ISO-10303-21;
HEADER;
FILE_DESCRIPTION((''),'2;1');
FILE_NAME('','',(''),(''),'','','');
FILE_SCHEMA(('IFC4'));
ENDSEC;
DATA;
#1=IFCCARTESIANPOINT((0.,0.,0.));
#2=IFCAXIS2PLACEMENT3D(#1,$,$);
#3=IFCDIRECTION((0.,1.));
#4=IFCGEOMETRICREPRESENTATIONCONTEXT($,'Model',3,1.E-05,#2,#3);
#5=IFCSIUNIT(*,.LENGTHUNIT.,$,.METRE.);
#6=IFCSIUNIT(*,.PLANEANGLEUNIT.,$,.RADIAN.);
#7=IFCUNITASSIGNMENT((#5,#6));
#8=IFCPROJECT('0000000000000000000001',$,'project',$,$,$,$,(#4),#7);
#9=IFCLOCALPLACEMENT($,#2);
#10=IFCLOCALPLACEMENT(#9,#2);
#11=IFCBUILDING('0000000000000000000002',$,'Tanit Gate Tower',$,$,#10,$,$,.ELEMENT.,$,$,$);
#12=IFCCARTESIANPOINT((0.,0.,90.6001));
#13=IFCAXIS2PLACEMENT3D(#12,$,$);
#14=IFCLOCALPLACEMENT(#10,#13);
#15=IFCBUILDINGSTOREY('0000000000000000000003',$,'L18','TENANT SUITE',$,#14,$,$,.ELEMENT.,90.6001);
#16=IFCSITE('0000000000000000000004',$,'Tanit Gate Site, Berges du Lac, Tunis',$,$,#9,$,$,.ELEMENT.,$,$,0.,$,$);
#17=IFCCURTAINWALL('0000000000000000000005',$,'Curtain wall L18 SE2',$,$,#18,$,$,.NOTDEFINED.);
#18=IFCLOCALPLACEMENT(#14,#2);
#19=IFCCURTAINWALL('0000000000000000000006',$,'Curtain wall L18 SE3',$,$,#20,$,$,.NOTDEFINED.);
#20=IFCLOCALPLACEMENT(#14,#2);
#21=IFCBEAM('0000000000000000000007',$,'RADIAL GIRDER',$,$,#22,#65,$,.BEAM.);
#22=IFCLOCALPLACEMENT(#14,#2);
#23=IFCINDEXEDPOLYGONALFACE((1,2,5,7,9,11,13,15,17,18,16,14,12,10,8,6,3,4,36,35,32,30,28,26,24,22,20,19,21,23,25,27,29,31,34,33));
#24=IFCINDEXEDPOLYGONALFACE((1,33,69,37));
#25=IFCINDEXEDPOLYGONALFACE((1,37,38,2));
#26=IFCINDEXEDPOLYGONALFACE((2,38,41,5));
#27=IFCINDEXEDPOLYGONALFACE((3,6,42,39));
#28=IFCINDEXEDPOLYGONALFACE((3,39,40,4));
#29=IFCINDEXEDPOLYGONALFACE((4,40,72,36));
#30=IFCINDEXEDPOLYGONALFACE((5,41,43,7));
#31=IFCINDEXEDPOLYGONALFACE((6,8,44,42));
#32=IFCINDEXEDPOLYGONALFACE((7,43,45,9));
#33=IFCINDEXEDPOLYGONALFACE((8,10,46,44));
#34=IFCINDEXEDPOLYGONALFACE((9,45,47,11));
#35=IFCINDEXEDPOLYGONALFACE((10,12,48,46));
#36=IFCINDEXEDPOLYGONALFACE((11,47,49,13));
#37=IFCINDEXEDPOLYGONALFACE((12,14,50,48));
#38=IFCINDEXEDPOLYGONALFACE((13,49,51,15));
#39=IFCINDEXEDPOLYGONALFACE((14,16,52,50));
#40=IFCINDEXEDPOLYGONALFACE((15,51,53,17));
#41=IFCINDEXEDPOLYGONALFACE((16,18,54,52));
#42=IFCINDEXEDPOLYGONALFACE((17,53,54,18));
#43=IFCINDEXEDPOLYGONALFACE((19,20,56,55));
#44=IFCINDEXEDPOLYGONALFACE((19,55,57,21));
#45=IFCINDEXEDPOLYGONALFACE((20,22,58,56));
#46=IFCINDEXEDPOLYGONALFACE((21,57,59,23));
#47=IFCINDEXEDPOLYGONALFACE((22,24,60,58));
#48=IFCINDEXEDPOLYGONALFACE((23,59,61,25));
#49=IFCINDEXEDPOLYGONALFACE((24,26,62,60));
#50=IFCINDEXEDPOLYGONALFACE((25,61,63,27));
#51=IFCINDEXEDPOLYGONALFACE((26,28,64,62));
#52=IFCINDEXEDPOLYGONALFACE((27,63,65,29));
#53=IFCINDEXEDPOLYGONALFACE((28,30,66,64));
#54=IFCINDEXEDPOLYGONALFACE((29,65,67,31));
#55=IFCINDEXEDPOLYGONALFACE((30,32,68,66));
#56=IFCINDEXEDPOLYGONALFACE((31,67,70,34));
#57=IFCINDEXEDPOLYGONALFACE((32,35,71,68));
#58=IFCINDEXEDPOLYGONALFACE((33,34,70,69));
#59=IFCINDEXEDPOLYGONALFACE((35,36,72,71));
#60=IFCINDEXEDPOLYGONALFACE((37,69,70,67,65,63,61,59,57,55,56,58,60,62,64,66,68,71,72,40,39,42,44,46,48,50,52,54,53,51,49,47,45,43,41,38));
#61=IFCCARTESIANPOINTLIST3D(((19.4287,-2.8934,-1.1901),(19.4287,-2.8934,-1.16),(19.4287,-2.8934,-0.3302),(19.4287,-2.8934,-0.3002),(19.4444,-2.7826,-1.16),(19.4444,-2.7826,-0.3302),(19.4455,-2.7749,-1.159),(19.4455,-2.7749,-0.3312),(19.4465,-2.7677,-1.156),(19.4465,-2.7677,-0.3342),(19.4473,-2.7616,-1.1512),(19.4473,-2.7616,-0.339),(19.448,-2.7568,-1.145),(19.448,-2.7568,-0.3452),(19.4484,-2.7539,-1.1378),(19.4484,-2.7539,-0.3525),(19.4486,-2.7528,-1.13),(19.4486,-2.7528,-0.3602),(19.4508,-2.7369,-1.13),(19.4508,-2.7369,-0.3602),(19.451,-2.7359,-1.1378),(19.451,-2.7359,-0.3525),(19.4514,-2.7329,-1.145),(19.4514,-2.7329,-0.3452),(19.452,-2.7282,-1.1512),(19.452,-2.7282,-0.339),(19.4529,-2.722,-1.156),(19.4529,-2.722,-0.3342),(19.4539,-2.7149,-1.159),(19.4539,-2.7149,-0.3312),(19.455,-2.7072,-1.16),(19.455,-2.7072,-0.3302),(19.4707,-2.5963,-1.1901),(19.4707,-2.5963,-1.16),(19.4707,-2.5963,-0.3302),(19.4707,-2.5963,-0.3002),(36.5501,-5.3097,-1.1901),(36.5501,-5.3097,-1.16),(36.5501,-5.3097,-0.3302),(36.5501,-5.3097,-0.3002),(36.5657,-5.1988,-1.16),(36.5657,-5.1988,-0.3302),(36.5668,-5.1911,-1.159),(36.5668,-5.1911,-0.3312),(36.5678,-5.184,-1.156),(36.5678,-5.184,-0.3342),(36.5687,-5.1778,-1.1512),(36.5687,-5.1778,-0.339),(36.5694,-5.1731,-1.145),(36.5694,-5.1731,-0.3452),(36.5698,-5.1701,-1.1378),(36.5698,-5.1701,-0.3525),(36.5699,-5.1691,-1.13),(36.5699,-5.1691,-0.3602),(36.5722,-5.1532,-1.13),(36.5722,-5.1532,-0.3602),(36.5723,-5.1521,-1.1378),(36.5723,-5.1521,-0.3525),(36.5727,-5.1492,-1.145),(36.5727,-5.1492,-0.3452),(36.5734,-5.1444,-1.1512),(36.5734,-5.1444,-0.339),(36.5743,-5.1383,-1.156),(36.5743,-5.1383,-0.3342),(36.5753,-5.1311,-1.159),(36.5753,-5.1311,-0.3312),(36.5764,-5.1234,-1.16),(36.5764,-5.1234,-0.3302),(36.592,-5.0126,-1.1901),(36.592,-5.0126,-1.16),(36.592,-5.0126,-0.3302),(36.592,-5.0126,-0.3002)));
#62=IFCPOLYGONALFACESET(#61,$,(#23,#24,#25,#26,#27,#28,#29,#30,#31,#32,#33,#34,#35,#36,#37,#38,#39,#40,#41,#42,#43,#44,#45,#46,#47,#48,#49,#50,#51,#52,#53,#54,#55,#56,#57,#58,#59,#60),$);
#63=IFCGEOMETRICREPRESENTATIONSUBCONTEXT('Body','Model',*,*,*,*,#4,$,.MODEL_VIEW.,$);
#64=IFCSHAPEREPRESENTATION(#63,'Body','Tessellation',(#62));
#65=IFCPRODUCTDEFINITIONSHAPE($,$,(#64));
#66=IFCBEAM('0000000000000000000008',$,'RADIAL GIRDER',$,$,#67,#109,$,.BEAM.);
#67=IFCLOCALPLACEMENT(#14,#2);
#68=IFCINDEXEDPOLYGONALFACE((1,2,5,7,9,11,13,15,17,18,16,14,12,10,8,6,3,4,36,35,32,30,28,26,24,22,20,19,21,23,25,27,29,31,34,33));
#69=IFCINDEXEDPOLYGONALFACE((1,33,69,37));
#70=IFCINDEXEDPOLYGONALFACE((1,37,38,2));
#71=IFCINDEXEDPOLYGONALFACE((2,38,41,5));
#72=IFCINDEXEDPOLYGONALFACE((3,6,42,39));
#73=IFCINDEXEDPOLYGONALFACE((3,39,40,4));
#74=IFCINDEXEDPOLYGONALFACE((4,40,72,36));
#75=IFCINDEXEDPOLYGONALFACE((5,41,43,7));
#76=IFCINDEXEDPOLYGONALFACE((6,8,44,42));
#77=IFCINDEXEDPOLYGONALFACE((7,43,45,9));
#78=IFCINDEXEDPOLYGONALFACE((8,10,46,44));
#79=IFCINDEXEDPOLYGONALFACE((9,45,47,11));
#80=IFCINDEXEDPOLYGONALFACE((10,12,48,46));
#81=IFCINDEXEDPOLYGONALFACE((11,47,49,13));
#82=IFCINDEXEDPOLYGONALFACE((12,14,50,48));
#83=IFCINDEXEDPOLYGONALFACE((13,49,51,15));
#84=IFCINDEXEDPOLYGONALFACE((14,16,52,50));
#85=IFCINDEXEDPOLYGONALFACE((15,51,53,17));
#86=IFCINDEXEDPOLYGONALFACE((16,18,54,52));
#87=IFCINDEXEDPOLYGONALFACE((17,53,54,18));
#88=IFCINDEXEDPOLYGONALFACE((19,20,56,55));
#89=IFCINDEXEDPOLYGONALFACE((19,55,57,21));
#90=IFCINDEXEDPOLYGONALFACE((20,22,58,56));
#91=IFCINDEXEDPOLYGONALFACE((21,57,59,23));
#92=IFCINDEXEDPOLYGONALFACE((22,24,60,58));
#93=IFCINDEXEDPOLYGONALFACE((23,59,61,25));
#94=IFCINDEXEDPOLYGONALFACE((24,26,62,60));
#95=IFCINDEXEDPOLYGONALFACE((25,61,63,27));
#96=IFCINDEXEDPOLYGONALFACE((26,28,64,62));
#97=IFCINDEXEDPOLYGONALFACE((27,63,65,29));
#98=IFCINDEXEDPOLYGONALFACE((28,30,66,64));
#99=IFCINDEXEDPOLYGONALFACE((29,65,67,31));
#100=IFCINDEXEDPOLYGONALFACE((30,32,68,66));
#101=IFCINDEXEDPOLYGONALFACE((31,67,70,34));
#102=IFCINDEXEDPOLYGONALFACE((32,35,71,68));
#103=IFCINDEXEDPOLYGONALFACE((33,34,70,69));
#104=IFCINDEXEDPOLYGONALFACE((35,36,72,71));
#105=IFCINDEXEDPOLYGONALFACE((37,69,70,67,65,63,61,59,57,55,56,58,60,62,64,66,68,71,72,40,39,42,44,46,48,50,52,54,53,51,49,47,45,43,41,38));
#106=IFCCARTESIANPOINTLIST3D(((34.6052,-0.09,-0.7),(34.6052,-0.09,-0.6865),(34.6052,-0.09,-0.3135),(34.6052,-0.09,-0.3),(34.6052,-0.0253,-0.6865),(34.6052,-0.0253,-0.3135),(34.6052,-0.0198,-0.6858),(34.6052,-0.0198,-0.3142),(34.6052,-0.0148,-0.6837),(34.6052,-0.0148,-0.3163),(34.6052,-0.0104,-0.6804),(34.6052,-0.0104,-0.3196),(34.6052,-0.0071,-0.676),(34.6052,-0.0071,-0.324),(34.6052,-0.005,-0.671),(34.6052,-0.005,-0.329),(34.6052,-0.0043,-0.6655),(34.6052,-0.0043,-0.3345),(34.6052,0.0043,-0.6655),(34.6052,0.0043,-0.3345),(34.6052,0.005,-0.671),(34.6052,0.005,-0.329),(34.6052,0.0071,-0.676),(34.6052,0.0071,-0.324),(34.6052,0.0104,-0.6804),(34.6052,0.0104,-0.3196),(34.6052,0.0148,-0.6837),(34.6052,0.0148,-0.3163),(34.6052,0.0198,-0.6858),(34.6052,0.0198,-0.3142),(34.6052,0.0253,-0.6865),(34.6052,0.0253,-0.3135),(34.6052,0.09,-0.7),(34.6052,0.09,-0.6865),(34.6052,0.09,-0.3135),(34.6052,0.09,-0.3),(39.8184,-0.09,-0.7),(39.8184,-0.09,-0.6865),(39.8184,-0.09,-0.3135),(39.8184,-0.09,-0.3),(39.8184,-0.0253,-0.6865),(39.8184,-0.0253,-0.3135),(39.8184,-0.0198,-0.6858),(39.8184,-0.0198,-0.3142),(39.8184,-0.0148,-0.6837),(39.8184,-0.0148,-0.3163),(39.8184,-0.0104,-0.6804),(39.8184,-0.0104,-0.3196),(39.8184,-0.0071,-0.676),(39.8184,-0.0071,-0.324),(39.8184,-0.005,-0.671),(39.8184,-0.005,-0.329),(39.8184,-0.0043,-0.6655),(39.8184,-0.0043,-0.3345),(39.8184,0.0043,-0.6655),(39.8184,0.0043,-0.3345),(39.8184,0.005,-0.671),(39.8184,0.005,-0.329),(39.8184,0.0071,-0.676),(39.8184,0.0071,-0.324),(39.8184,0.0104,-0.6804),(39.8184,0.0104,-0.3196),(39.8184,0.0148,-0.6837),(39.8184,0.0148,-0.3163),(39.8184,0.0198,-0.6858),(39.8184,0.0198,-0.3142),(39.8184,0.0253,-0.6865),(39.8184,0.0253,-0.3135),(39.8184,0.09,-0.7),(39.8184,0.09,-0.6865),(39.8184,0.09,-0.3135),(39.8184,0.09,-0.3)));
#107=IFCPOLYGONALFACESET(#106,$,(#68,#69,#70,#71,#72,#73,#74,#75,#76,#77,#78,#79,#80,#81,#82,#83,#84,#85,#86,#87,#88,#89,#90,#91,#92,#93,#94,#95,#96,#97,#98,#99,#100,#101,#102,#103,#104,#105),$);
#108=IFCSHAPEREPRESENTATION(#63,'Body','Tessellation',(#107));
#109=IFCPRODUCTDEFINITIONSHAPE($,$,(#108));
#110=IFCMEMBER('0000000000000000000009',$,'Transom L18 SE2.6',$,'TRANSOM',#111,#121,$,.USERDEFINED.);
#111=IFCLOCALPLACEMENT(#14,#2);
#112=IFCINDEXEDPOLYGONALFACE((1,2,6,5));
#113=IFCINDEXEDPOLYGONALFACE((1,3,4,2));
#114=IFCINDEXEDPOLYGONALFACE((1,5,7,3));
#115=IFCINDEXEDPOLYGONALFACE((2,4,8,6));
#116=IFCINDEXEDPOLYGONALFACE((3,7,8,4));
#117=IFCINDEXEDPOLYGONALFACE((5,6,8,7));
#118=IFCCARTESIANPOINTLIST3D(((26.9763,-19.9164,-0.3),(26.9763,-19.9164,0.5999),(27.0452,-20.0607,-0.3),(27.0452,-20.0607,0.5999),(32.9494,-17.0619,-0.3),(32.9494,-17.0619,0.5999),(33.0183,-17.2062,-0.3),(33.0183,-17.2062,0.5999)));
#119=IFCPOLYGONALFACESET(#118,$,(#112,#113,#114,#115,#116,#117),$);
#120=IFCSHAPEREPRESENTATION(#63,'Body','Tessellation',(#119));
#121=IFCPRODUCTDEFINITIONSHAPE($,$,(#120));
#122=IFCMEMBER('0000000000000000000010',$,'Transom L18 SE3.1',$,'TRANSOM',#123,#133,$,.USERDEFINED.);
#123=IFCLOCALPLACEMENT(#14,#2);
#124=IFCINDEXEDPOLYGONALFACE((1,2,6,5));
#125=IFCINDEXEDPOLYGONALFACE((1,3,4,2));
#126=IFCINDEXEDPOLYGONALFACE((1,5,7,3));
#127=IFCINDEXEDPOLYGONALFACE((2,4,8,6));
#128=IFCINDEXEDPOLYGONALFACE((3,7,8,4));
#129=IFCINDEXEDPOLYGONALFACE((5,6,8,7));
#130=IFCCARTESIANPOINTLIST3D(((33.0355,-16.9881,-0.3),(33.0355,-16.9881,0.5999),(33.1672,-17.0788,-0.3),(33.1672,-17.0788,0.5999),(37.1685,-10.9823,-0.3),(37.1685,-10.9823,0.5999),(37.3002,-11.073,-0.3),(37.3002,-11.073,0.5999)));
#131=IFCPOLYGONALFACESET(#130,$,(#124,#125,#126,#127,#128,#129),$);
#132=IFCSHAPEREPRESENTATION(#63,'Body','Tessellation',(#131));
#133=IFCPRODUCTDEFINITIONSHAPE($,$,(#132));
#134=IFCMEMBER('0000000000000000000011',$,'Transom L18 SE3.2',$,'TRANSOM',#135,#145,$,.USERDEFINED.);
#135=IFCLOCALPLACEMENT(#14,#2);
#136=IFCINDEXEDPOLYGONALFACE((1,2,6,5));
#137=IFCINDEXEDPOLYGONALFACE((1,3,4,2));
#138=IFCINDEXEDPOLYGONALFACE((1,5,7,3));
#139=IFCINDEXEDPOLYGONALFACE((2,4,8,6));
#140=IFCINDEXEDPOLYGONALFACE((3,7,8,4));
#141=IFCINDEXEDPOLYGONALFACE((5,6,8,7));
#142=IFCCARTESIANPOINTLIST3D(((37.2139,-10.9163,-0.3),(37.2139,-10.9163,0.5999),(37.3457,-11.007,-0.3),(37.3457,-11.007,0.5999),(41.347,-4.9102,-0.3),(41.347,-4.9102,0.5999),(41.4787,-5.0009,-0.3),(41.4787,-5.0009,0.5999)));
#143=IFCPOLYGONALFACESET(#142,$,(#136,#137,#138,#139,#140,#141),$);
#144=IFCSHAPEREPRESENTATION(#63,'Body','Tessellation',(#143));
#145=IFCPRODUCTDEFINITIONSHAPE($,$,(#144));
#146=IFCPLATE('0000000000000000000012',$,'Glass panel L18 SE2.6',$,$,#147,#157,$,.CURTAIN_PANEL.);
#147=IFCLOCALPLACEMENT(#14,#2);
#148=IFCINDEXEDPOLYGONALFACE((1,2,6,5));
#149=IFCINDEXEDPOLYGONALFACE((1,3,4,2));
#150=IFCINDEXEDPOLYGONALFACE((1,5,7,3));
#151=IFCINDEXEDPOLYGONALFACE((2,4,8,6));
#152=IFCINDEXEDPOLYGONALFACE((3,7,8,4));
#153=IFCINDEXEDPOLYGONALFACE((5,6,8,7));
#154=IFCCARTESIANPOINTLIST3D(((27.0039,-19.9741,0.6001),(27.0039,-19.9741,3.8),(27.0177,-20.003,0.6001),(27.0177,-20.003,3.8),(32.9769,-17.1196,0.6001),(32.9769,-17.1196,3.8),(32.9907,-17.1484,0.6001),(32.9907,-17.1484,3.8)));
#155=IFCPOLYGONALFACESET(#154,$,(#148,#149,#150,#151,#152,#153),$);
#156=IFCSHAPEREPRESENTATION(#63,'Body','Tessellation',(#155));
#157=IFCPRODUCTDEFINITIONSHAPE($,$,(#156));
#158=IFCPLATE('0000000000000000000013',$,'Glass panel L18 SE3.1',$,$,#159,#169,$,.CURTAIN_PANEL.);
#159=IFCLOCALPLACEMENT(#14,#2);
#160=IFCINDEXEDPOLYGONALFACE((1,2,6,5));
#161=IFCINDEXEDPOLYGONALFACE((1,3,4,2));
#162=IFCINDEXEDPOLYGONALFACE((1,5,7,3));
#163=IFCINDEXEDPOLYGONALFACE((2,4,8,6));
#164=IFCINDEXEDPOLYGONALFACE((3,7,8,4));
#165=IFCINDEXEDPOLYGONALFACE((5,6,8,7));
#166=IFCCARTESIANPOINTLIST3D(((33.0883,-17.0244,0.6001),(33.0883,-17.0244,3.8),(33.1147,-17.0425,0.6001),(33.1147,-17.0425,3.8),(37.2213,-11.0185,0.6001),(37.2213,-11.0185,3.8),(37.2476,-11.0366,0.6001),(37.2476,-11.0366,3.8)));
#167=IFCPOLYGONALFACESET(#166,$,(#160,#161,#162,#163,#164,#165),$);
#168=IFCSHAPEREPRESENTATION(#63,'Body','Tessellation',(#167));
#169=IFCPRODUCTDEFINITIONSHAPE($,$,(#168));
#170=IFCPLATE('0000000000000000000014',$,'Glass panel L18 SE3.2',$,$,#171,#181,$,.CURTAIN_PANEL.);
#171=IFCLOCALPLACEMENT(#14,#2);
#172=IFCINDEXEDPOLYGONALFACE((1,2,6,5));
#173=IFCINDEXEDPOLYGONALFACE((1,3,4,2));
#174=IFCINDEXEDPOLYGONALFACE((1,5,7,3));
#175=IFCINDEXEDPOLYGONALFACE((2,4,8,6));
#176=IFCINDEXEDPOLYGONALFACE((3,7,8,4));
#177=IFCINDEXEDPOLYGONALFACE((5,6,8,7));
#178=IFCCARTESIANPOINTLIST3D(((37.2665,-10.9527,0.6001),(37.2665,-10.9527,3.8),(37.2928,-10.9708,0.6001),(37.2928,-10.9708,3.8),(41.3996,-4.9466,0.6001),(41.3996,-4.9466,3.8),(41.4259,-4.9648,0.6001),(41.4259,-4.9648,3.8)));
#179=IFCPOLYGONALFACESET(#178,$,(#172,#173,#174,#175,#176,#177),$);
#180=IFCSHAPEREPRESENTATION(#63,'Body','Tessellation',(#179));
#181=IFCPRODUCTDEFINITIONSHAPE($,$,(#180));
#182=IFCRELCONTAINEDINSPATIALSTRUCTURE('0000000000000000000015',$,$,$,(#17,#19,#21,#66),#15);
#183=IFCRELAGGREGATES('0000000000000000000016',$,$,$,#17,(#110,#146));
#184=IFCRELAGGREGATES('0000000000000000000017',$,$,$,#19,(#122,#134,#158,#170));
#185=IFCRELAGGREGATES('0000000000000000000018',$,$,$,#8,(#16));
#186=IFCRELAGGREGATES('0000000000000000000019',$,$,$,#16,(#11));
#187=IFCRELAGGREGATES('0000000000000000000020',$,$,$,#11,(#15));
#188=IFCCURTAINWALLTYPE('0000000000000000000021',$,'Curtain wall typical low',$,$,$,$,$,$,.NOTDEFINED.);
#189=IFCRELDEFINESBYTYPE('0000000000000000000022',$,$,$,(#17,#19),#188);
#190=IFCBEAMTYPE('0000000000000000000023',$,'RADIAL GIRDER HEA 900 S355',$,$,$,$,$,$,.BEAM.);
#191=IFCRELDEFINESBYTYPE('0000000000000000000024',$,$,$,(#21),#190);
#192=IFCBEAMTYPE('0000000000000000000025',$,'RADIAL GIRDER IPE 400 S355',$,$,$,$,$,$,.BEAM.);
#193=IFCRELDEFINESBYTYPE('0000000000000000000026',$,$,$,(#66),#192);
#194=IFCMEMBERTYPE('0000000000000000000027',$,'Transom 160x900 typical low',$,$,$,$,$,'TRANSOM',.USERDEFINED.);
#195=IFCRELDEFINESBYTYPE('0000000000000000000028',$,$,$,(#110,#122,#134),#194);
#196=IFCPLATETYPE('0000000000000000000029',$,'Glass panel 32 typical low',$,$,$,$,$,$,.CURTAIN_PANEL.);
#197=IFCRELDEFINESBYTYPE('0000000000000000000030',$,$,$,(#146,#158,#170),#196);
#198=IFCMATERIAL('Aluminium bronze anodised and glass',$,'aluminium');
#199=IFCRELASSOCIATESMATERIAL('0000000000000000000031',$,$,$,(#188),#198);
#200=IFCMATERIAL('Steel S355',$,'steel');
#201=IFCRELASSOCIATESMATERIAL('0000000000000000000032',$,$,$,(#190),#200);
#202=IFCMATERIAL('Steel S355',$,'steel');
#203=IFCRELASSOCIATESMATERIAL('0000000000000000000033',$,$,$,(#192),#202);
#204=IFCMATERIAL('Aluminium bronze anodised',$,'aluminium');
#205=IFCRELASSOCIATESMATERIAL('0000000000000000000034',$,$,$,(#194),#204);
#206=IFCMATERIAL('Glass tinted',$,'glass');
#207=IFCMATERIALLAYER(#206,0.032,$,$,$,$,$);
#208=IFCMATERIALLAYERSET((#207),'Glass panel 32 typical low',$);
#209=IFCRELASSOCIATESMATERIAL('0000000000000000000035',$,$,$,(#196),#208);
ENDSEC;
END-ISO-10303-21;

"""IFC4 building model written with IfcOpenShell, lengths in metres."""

from ifc_helpers import new_model, si_unit, direction, frame, origin, origin_2d, place, context, subcontext, project, spatial, rectangle, i_section, extrude, material, layer, layer_set, material_profile, profile_set, type_object, element, aggregate, save


model = new_model("IFC4")

# Units and contexts
model_context = context("Model", 3, precision=1e-05, world=origin(), true_north=direction((0.0, 1.0)))
body_context = subcontext(model_context, "Body", "Model", "MODEL_VIEW")
ifc_project = project(units=[si_unit("LENGTHUNIT", "METRE"), si_unit("PLANEANGLEUNIT", "RADIAN")], contexts=[model_context])

# Site, building, storey
site_placement = place(None, origin())
site = spatial("IfcSite", under=ifc_project, at=site_placement, Name="Tanit Gate Site, Berges du Lac, Tunis", CompositionType="ELEMENT", RefElevation=0.0)
building_placement = place(site_placement, origin())
building = spatial("IfcBuilding", under=site, at=building_placement, Name="Tanit Gate Tower", CompositionType="ELEMENT")
storey_placement = place(building_placement, frame((0.0, 0.0, 90.6001)))
storey = spatial("IfcBuildingStorey", under=building, at=storey_placement, Name="L18", Description="TENANT SUITE", CompositionType="ELEMENT", Elevation=90.6001)

# Curtain wall
ifc_material_1 = material(Name="Aluminium bronze anodised and glass", Category="aluminium")
curtain_wall_type = type_object("IfcCurtainWallType", Name="Curtain wall typical low", PredefinedType="NOTDEFINED", material=ifc_material_1)
curtain_wall_1_placement = place(storey_placement, origin())
curtain_wall_1 = element("IfcCurtainWall", 1, at=curtain_wall_1_placement, inside=storey, type_object=curtain_wall_type, Name="Curtain wall L18 SE2", PredefinedType="NOTDEFINED")

# Curtain wall
curtain_wall_2_placement = place(storey_placement, origin())
curtain_wall_2 = element("IfcCurtainWall", 2, at=curtain_wall_2_placement, inside=storey, type_object=curtain_wall_type, Name="Curtain wall L18 SE3", PredefinedType="NOTDEFINED")

# Beams
ifc_material_2 = material(Name="Steel S355", Category="steel")
ifc_material_profile_1 = material_profile(ifc_material_2, i_section(OverallWidth=0.3, OverallDepth=0.8899, WebThickness=0.0161, FlangeThickness=0.03, FilletRadius=0.03, at=origin_2d()), Name="HEA 900")
ifc_profile_set_1 = profile_set([ifc_material_profile_1], Name="Steel S355")
beam_type_1 = type_object("IfcBeamType", Name="RADIAL GIRDER HEA 900 S355", PredefinedType="BEAM", material=ifc_profile_set_1)
beam_1_placement = place(storey_placement, frame((36.571, -5.1611, -0.7451), z_axis=(-0.990188, 0.139741, 0.0), x_axis=(-0.139741, -0.990188, 0.0)))
element("IfcBeam", 3, at=beam_1_placement, inside=storey, type_object=beam_type_1, Name="RADIAL GIRDER", PredefinedType="BEAM", context=body_context, shape_type="SweptSolid", body=[
    extrude(i_section(OverallWidth=0.3, OverallDepth=0.8899, WebThickness=0.0161, FlangeThickness=0.03, FilletRadius=0.03, at=origin_2d()), origin(), (0.0, 0.0, 1.0), 17.291),
])
ifc_material_3 = material(Name="Steel S355", Category="steel")
ifc_material_profile_2 = material_profile(ifc_material_3, i_section(OverallWidth=0.1799, OverallDepth=0.3999, WebThickness=0.0085, FlangeThickness=0.0134, FilletRadius=0.021, at=origin_2d()), Name="IPE 400")
ifc_profile_set_2 = profile_set([ifc_material_profile_2], Name="Steel S355")
beam_type_2 = type_object("IfcBeamType", Name="RADIAL GIRDER IPE 400 S355", PredefinedType="BEAM", material=ifc_profile_set_2)
beam_2_placement = place(storey_placement, frame((39.8184, 0.0, -0.5), z_axis=(-1.0, 0.0, 0.0), x_axis=(0.0, -1.0, 0.0)))
element("IfcBeam", 4, at=beam_2_placement, inside=storey, type_object=beam_type_2, Name="RADIAL GIRDER", PredefinedType="BEAM", context=body_context, shape_type="SweptSolid", body=[
    extrude(i_section(OverallWidth=0.1799, OverallDepth=0.3999, WebThickness=0.0085, FlangeThickness=0.0134, FilletRadius=0.021, at=origin_2d()), origin(), (0.0, 0.0, 1.0), 5.2131),
])

# Members
ifc_material_4 = material(Name="Aluminium bronze anodised", Category="aluminium")
ifc_material_profile_3 = material_profile(ifc_material_4, rectangle(XDim=0.1599, YDim=0.8999, at=origin_2d()), Name="160x900 bronze transom")
ifc_profile_set_3 = profile_set([ifc_material_profile_3], Name="Aluminium bronze anodised")
member_type_1 = type_object("IfcMemberType", Name="Transom 160x900 typical low", ElementType="TRANSOM", PredefinedType="USERDEFINED", material=ifc_profile_set_3)
member_1_placement = place(storey_placement, frame((27.0107, -19.9885, 0.1499), z_axis=(0.902265, 0.431181, 0.0), x_axis=(-0.431181, 0.902265, 0.0)))
member_1 = element("IfcMember", 5, at=member_1_placement, type_object=member_type_1, Name="Transom L18 SE2.6", ObjectType="TRANSOM", PredefinedType="USERDEFINED", context=body_context, shape_type="SweptSolid", body=[
    extrude(rectangle(XDim=0.1599, YDim=0.8999, at=origin_2d()), origin(), (0.0, 0.0, 1.0), 6.6201),
])
member_2_placement = place(storey_placement, frame((33.1013, -17.0334, 0.1499), z_axis=(0.566904, 0.823784, 0.0), x_axis=(-0.823784, 0.566904, 0.0)))
member_2 = element("IfcMember", 6, at=member_2_placement, type_object=member_type_1, Name="Transom L18 SE3.1", ObjectType="TRANSOM", PredefinedType="USERDEFINED", context=body_context, shape_type="SweptSolid", body=[
    extrude(rectangle(XDim=0.1599, YDim=0.8999, at=origin_2d()), origin(), (0.0, 0.0, 1.0), 7.2905),
])
member_3_placement = place(storey_placement, frame((37.2798, -10.9617, 0.1499), z_axis=(0.566888, 0.823795, 0.0), x_axis=(-0.823795, 0.566888, 0.0)))
member_3 = element("IfcMember", 7, at=member_3_placement, type_object=member_type_1, Name="Transom L18 SE3.2", ObjectType="TRANSOM", PredefinedType="USERDEFINED", context=body_context, shape_type="SweptSolid", body=[
    extrude(rectangle(XDim=0.1599, YDim=0.8999, at=origin_2d()), origin(), (0.0, 0.0, 1.0), 7.2908),
])

# Plates
ifc_material_5 = material(Name="Glass tinted", Category="glass")
ifc_layer_1 = layer(ifc_material_5, 0.032)
ifc_layer_set_1 = layer_set([ifc_layer_1], Name="Glass panel 32 typical low")
plate_type = type_object("IfcPlateType", Name="Glass panel 32 typical low", PredefinedType="CURTAIN_PANEL", material=ifc_layer_set_1)
plate_1_placement = place(storey_placement, frame((29.9973, -18.5613, 0.6001), z_axis=(0.0, 0.0, 1.0), x_axis=(0.902258, 0.431197, 0.0)))
plate_1 = element("IfcPlate", 8, at=plate_1_placement, type_object=plate_type, Name="Glass panel L18 SE2.6", PredefinedType="CURTAIN_PANEL", context=body_context, shape_type="SweptSolid", body=[
    extrude(rectangle(XDim=6.6201, YDim=0.032, at=origin_2d()), origin(), (0.0, 0.0, 1.0), 3.2),
])
aggregate(curtain_wall_1, [member_1, plate_1])
plate_2_placement = place(storey_placement, frame((35.168, -14.0305, 0.6001), z_axis=(0.0, 0.0, 1.0), x_axis=(0.56689, 0.823793, 0.0)))
plate_2 = element("IfcPlate", 9, at=plate_2_placement, type_object=plate_type, Name="Glass panel L18 SE3.1", PredefinedType="CURTAIN_PANEL", context=body_context, shape_type="SweptSolid", body=[
    extrude(rectangle(XDim=7.2905, YDim=0.032, at=origin_2d()), origin(), (0.0, 0.0, 1.0), 3.2),
])
plate_3_placement = place(storey_placement, frame((39.3462, -7.9587, 0.6001), z_axis=(0.0, 0.0, 1.0), x_axis=(0.56689, 0.823793, 0.0)))
plate_3 = element("IfcPlate", 10, at=plate_3_placement, type_object=plate_type, Name="Glass panel L18 SE3.2", PredefinedType="CURTAIN_PANEL", context=body_context, shape_type="SweptSolid", body=[
    extrude(rectangle(XDim=7.2908, YDim=0.032, at=origin_2d()), origin(), (0.0, 0.0, 1.0), 3.2),
])
aggregate(curtain_wall_2, [member_2, member_3, plate_2, plate_3])

save(model, "model.ifc")
